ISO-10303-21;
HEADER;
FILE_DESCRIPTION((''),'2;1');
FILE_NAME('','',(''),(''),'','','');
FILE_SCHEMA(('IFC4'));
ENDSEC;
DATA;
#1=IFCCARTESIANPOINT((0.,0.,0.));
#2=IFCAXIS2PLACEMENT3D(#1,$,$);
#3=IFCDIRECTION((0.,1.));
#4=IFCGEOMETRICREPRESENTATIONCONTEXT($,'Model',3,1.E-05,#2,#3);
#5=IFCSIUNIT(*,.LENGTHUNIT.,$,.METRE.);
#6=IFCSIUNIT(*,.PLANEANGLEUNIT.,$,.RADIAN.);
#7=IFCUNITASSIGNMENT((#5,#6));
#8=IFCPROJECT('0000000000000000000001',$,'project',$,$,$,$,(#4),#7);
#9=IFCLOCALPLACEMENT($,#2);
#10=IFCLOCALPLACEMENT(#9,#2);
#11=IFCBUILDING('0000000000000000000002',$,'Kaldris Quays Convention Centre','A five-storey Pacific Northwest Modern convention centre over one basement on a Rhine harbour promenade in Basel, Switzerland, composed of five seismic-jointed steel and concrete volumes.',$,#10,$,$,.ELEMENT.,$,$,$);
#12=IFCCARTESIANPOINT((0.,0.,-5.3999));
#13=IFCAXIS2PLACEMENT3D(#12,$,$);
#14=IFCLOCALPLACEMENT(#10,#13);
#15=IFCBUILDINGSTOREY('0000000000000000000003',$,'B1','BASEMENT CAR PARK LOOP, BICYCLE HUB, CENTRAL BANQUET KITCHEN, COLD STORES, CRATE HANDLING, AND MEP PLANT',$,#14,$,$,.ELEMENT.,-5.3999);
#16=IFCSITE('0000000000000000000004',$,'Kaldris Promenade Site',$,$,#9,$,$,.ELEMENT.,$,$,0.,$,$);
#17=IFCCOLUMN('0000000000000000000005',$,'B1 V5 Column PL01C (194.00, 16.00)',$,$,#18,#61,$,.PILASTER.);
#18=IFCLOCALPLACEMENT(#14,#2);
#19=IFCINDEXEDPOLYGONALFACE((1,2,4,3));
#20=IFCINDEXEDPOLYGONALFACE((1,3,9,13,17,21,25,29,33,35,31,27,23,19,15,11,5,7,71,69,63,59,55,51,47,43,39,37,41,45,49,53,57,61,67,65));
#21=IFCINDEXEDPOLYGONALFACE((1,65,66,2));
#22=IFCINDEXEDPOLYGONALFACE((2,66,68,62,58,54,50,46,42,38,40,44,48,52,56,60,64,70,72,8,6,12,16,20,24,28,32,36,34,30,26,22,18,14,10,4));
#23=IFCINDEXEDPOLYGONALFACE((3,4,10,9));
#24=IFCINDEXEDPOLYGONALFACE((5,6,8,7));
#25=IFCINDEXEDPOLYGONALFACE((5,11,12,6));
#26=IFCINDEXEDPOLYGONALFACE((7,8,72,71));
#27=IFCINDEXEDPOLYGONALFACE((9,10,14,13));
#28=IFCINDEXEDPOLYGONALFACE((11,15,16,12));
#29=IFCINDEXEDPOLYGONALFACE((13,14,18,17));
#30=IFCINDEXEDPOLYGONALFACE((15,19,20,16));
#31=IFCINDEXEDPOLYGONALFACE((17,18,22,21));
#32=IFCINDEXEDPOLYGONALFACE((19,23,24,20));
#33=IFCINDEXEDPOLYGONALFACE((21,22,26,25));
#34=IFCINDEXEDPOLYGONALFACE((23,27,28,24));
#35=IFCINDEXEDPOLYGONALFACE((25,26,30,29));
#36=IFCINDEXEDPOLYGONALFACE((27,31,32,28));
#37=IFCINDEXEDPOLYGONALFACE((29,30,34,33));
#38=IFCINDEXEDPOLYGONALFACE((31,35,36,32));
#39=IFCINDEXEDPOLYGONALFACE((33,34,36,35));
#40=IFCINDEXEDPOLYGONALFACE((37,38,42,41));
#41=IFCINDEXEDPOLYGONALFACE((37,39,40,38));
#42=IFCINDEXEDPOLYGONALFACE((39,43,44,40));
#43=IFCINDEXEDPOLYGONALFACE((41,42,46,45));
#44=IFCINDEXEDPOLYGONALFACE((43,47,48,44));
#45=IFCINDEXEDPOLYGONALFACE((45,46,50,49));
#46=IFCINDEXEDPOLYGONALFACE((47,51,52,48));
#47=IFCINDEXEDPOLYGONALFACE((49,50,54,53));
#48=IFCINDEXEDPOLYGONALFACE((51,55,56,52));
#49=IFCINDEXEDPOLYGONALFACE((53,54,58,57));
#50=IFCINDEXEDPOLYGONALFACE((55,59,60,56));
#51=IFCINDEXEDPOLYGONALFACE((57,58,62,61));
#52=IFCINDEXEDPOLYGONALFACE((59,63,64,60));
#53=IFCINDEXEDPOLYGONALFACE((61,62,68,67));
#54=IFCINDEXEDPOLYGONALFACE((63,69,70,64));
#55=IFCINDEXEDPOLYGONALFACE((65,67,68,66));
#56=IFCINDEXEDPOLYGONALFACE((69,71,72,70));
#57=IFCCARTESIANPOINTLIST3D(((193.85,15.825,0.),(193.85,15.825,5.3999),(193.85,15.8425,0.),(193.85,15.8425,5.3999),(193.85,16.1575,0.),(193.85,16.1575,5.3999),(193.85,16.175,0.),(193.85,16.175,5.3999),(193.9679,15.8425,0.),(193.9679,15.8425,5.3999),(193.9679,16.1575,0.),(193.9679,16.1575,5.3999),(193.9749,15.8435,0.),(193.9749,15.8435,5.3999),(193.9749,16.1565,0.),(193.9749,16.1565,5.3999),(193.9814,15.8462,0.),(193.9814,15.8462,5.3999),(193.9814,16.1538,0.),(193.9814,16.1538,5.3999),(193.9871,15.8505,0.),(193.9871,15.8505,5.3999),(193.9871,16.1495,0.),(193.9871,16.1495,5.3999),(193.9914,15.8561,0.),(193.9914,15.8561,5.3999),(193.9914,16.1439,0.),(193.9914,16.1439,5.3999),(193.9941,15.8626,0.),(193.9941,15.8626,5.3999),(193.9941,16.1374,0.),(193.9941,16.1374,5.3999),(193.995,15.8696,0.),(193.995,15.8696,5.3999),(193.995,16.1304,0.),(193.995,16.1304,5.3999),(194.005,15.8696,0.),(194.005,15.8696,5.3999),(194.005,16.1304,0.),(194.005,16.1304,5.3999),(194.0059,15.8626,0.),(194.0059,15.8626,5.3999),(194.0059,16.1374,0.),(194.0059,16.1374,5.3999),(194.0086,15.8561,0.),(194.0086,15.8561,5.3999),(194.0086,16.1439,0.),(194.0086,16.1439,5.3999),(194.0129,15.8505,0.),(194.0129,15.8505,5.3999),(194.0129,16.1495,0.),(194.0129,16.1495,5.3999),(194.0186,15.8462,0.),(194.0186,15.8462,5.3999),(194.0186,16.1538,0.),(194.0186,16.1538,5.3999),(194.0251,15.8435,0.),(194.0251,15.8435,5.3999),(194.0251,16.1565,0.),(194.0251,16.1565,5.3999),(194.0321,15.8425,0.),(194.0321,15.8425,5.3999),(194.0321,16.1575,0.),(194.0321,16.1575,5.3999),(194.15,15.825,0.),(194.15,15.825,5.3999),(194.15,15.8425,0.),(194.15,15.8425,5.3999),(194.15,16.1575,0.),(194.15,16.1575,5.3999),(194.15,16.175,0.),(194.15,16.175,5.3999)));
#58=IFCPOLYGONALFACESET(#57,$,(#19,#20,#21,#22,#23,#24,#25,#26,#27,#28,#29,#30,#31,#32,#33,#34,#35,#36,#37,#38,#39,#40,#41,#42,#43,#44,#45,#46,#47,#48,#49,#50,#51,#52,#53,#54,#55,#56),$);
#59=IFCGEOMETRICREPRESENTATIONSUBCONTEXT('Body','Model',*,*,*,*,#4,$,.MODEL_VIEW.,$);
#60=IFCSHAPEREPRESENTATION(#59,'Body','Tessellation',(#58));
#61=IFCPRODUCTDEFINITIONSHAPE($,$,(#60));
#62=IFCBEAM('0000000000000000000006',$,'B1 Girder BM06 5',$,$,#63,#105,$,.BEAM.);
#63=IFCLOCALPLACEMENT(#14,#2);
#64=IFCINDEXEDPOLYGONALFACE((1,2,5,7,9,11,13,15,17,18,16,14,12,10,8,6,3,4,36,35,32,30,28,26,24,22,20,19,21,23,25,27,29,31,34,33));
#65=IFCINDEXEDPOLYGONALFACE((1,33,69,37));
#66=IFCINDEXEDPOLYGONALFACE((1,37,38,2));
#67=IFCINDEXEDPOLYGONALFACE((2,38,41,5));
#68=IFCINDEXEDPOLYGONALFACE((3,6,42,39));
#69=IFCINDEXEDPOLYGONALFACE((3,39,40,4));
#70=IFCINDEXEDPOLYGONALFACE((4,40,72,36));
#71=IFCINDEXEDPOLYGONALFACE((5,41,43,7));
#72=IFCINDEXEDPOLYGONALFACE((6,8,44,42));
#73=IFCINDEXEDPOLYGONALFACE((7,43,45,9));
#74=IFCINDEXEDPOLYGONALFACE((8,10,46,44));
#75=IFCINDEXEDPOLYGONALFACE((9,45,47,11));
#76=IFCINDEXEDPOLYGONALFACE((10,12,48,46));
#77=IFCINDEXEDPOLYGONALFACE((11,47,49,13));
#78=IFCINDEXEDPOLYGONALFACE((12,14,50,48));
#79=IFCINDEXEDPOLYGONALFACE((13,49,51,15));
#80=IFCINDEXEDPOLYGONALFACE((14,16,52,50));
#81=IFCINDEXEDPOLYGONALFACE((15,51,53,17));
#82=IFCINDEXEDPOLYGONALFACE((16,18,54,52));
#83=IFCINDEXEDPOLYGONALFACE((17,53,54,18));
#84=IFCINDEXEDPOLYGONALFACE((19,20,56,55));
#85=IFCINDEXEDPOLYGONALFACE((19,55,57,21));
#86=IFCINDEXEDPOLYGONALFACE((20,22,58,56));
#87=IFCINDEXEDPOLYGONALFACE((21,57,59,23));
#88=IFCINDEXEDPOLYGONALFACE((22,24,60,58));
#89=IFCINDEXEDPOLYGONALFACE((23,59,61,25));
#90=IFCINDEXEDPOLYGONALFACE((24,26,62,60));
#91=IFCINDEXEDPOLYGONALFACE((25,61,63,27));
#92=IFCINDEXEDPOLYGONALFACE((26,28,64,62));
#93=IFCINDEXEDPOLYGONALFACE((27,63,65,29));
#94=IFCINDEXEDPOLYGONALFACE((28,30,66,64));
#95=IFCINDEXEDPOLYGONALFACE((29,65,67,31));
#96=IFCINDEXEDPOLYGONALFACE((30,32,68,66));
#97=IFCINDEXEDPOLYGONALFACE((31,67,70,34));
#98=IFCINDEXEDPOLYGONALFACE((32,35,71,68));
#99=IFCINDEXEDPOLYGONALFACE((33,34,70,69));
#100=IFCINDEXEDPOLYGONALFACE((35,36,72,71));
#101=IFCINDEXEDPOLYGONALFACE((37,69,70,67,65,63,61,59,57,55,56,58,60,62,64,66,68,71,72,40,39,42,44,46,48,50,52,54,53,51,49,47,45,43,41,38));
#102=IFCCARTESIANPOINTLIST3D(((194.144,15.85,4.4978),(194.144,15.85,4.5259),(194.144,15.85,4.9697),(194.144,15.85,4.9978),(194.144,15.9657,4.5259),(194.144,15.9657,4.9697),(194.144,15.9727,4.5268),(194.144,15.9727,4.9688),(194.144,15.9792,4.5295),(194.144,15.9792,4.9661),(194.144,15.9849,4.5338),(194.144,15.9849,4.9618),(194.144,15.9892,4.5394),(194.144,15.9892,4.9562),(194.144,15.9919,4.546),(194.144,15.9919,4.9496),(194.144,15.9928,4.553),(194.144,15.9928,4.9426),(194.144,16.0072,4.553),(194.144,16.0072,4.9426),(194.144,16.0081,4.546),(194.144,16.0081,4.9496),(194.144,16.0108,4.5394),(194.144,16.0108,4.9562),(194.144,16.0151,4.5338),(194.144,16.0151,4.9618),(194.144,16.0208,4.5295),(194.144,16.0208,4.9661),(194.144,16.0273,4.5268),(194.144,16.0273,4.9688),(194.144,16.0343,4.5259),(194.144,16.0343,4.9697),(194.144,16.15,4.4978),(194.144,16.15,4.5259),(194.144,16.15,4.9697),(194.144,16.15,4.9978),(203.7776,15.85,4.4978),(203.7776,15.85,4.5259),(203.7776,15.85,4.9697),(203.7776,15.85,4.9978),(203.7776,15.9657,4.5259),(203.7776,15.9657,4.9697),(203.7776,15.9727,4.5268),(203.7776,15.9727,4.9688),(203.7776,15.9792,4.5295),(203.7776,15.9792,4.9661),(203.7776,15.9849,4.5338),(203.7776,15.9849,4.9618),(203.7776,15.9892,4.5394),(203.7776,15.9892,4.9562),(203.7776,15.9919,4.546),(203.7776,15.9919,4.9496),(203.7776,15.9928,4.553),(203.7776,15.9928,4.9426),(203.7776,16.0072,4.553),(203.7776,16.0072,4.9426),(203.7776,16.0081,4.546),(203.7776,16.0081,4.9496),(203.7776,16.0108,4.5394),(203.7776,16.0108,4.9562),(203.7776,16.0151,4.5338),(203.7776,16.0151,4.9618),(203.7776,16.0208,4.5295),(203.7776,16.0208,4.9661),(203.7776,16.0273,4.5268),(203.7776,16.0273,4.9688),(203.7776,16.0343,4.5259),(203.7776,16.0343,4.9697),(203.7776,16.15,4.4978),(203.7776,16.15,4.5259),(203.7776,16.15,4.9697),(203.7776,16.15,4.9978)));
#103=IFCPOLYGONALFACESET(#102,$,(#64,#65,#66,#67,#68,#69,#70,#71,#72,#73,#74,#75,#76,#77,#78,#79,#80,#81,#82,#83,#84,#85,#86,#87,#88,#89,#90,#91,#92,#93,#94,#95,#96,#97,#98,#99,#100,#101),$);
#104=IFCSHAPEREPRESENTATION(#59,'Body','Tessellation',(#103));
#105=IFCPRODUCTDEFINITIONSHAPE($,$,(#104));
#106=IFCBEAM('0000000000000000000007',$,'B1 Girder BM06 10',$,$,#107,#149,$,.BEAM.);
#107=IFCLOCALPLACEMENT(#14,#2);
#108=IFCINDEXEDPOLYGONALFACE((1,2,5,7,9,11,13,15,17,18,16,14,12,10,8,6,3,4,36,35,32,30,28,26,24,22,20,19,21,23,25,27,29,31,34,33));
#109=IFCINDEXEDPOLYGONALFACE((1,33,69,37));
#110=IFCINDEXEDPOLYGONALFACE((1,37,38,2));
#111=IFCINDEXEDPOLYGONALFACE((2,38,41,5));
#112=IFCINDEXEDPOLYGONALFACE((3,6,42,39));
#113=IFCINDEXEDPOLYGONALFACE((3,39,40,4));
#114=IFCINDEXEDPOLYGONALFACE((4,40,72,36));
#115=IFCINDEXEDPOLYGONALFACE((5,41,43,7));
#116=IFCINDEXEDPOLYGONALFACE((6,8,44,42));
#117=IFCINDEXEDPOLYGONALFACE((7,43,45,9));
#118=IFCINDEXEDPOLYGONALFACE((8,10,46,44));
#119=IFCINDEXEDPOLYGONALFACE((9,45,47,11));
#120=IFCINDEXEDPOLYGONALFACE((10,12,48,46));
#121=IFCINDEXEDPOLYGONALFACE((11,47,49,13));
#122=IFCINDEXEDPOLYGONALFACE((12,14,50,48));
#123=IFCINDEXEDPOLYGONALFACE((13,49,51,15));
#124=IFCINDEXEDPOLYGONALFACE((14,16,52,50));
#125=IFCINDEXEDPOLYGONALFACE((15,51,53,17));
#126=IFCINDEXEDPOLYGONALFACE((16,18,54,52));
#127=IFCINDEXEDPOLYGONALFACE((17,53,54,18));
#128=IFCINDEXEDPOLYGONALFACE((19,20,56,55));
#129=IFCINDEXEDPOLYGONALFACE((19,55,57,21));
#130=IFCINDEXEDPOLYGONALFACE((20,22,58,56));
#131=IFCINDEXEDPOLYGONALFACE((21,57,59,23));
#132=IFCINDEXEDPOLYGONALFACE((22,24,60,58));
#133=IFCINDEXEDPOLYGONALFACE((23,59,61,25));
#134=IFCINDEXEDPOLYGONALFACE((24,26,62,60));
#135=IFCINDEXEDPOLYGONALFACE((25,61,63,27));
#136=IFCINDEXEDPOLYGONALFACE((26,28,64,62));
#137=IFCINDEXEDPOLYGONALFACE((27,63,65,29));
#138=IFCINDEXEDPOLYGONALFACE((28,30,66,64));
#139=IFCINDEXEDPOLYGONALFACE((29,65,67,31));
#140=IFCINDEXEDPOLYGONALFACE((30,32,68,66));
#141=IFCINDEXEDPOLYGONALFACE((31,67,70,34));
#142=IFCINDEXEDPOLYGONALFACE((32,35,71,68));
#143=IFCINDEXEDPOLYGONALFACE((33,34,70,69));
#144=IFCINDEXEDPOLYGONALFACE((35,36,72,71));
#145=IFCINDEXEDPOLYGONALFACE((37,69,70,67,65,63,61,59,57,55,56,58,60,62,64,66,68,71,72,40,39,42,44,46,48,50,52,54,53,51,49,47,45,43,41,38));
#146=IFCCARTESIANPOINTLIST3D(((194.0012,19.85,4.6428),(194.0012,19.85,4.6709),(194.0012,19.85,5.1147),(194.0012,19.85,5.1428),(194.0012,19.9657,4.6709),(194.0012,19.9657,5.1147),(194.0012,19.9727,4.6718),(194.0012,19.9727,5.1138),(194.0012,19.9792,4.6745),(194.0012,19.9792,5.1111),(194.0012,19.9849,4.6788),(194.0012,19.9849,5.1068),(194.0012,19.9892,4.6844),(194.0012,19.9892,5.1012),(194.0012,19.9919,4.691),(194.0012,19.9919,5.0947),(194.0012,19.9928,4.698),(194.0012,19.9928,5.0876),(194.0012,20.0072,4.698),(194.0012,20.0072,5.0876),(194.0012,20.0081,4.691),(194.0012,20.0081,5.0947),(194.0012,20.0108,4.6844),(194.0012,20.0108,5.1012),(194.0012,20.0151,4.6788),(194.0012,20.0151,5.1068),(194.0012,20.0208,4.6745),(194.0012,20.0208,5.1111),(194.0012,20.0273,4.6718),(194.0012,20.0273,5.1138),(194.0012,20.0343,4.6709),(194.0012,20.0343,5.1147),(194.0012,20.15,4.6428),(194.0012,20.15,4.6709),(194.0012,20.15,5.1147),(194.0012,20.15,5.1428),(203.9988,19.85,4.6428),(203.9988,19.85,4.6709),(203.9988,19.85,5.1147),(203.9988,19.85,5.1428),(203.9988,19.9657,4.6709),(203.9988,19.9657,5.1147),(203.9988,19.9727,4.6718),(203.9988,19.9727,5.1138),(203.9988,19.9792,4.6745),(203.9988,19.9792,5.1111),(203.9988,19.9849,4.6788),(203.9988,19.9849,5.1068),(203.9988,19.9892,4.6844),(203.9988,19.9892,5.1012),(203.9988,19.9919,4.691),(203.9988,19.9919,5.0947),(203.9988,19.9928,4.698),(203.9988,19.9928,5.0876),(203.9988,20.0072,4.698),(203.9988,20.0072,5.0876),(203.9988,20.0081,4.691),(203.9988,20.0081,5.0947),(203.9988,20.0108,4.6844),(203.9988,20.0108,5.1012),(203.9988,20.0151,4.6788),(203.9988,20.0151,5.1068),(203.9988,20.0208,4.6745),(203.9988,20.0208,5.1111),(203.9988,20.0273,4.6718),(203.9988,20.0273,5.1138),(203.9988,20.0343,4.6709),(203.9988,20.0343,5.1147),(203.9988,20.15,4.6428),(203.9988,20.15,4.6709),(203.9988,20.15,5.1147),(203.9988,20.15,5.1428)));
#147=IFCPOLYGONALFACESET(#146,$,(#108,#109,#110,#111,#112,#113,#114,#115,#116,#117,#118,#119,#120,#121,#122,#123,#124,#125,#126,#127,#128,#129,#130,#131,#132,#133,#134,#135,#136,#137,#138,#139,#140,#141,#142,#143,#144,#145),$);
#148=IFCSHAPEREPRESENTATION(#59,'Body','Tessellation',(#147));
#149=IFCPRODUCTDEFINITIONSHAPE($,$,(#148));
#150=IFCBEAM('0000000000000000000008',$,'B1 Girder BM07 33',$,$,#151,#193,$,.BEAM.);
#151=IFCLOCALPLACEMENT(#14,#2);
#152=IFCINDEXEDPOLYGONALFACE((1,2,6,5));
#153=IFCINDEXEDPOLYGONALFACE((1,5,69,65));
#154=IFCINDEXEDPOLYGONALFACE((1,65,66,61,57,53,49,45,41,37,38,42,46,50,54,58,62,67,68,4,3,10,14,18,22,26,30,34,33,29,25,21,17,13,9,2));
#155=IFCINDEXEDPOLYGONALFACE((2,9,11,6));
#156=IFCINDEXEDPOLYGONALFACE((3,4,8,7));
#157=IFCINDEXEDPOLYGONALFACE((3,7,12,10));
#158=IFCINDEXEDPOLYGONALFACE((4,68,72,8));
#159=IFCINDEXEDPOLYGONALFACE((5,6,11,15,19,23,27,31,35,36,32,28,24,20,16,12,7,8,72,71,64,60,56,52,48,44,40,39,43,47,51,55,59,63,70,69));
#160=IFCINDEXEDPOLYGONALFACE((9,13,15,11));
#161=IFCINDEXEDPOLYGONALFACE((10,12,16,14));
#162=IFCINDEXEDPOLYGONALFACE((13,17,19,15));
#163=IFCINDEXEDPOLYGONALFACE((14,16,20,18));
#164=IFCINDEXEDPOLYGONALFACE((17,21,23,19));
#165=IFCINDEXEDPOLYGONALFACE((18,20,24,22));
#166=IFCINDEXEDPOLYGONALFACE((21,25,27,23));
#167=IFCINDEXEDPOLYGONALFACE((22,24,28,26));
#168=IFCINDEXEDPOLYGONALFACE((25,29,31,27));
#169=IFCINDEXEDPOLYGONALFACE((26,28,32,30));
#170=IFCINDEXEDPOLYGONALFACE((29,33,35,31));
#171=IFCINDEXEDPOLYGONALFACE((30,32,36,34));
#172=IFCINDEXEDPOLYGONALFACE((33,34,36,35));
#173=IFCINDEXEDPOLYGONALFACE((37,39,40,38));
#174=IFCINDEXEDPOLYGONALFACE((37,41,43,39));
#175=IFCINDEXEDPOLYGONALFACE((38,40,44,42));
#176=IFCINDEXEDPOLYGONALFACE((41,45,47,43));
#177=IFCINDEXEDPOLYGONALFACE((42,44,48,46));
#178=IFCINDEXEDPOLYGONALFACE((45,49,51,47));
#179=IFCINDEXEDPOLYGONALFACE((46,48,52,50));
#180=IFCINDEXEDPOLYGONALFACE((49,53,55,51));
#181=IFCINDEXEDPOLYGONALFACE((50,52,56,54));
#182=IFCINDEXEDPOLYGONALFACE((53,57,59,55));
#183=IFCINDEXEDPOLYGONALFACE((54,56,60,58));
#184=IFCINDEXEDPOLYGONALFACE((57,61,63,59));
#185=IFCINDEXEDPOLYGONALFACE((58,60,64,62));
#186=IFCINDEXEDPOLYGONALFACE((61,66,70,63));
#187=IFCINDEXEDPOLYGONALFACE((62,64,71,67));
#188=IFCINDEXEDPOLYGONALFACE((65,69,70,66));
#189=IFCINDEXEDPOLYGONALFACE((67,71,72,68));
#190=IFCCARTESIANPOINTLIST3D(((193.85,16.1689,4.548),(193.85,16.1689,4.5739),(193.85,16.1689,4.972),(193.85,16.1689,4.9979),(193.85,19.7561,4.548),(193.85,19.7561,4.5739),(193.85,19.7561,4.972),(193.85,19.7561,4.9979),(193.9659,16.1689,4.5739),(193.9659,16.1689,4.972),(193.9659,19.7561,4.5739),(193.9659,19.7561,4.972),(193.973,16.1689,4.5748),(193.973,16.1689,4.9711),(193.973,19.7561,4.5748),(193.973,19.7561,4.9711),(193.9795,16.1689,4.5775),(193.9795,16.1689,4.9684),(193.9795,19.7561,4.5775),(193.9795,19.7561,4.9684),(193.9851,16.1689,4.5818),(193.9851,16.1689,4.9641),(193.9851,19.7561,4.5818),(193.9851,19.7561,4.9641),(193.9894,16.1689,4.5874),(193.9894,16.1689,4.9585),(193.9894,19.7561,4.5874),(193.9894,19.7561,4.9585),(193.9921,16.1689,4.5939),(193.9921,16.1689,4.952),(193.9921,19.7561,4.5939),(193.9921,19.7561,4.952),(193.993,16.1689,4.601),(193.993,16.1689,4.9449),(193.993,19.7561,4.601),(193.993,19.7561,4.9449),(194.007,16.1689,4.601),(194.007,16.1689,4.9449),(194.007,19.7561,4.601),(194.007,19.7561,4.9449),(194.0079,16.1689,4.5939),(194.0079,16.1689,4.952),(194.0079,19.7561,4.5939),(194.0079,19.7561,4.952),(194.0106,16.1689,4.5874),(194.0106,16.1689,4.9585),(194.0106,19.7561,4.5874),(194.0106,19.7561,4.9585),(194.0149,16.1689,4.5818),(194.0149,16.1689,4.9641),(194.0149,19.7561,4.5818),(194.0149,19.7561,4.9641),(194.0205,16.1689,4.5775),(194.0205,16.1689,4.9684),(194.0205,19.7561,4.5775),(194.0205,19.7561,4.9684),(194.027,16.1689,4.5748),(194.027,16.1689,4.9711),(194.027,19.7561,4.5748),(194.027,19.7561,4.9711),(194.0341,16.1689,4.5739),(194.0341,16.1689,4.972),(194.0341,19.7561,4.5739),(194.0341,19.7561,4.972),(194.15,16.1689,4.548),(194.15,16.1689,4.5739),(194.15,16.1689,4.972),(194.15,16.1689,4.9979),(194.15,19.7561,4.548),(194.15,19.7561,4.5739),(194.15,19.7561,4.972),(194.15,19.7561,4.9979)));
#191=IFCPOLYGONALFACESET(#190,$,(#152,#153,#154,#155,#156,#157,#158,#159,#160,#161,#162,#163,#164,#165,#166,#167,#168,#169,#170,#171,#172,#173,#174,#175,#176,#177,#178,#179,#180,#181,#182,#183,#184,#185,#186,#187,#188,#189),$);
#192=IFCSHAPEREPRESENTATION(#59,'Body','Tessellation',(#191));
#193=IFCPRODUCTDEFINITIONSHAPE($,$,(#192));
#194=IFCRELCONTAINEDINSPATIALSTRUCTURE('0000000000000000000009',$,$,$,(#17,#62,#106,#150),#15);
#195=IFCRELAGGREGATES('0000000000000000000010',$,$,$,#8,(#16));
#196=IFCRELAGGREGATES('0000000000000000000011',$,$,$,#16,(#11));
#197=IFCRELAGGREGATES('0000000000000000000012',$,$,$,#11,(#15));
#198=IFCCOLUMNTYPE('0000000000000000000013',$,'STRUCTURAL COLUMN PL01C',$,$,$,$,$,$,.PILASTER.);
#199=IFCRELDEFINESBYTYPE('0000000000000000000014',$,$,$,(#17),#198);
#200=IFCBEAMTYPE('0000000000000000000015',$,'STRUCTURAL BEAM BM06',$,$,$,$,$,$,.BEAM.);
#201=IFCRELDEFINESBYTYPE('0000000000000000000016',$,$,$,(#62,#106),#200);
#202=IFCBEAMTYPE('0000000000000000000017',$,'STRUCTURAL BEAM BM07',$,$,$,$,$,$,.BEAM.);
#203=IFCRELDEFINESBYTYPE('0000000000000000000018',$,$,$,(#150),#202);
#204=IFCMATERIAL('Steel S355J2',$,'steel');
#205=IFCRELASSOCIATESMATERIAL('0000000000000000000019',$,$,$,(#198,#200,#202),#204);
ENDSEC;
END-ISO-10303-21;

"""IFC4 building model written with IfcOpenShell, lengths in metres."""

from ifc_helpers import new_model, si_unit, direction, frame, origin, origin_2d, place, context, subcontext, project, spatial, i_section, extrude, material, material_profile, profile_set, type_object, element, save


model = new_model("IFC4")

# Units and contexts
model_context = context("Model", 3, precision=1e-05, world=origin(), true_north=direction((0.0, 1.0)))
body_context = subcontext(model_context, "Body", "Model", "MODEL_VIEW")
ifc_project = project(units=[si_unit("LENGTHUNIT", "METRE"), si_unit("PLANEANGLEUNIT", "RADIAN")], contexts=[model_context])

# Site, building, storey
site_placement = place(None, origin())
site = spatial("IfcSite", under=ifc_project, at=site_placement, Name="Kaldris Promenade Site", CompositionType="ELEMENT", RefElevation=0.0)
building_placement = place(site_placement, origin())
building = spatial("IfcBuilding", under=site, at=building_placement, Name="Kaldris Quays Convention Centre", Description="A five-storey Pacific Northwest Modern convention centre over one basement on a Rhine harbour promenade in Basel, Switzerland, composed of five seismic-jointed steel and concrete volumes.", CompositionType="ELEMENT")
storey_placement = place(building_placement, frame((0.0, 0.0, -5.3999)))
storey = spatial("IfcBuildingStorey", under=building, at=storey_placement, Name="B1", Description="BASEMENT CAR PARK LOOP, BICYCLE HUB, CENTRAL BANQUET KITCHEN, COLD STORES, CRATE HANDLING, AND MEP PLANT", CompositionType="ELEMENT", Elevation=-5.3999)

# Column
ifc_material_1 = material(Name="Steel S355J2", Category="steel")
ifc_material_profile_1 = material_profile(ifc_material_1, i_section(OverallWidth=0.3, OverallDepth=0.3501, WebThickness=0.01, FlangeThickness=0.0176, FilletRadius=0.0271, at=origin_2d()), Name="HEA 360")
ifc_profile_set_1 = profile_set([ifc_material_profile_1], Name="Steel S355J2")
column_type_1 = type_object("IfcColumnType", Name="STRUCTURAL COLUMN PL01C", PredefinedType="PILASTER", material=ifc_profile_set_1)
column_1_placement = place(storey_placement, frame((194.0, 16.0, 0.0), z_axis=(0.0, 0.0, 1.0), x_axis=(1.0, 0.0, 0.0)))
element("IfcColumn", 1, at=column_1_placement, inside=storey, type_object=column_type_1, Name="B1 V5 Column PL01C (194.00, 16.00)", PredefinedType="PILASTER", context=body_context, shape_type="SweptSolid", body=[
    extrude(i_section(OverallWidth=0.3, OverallDepth=0.3501, WebThickness=0.01, FlangeThickness=0.0176, FilletRadius=0.0271, at=origin_2d()), origin(), (0.0, 0.0, 1.0), 5.3999),
])

# Beams
ifc_material_profile_2 = material_profile(ifc_material_1, i_section(OverallWidth=0.3, OverallDepth=0.5, WebThickness=0.0144, FlangeThickness=0.0281, FilletRadius=0.0271, at=origin_2d()), Name="HEB 500")
ifc_profile_set_2 = profile_set([ifc_material_profile_2], Name="Steel S355J2")
beam_type_1 = type_object("IfcBeamType", Name="STRUCTURAL BEAM BM06", PredefinedType="BEAM", material=ifc_profile_set_2)
beam_1_placement = place(storey_placement, frame((194.144, 16.0, 4.7478), z_axis=(1.0, 0.0, 0.0), x_axis=(0.0, 1.0, 0.0)))
element("IfcBeam", 2, at=beam_1_placement, inside=storey, type_object=beam_type_1, Name="B1 Girder BM06 5", PredefinedType="BEAM", context=body_context, shape_type="SweptSolid", body=[
    extrude(i_section(OverallWidth=0.3, OverallDepth=0.5, WebThickness=0.0144, FlangeThickness=0.0281, FilletRadius=0.0271, at=origin_2d()), origin(), (0.0, 0.0, 1.0), 9.6335),
])
beam_2_placement = place(storey_placement, frame((194.0012, 20.0, 4.8928), z_axis=(1.0, 0.0, 0.0), x_axis=(0.0, 1.0, 0.0)))
element("IfcBeam", 3, at=beam_2_placement, inside=storey, type_object=beam_type_1, Name="B1 Girder BM06 10", PredefinedType="BEAM", context=body_context, shape_type="SweptSolid", body=[
    extrude(i_section(OverallWidth=0.3, OverallDepth=0.5, WebThickness=0.0144, FlangeThickness=0.0281, FilletRadius=0.0271, at=origin_2d()), origin(), (0.0, 0.0, 1.0), 9.9976),
])
ifc_material_profile_3 = material_profile(ifc_material_1, i_section(OverallWidth=0.3, OverallDepth=0.45, WebThickness=0.0139, FlangeThickness=0.0259, FilletRadius=0.0271, at=origin_2d()), Name="HEB 450")
ifc_profile_set_3 = profile_set([ifc_material_profile_3], Name="Steel S355J2")
beam_type_2 = type_object("IfcBeamType", Name="STRUCTURAL BEAM BM07", PredefinedType="BEAM", material=ifc_profile_set_3)
beam_3_placement = place(storey_placement, frame((194.0, 16.1689, 4.7729), z_axis=(0.0, 1.0, 0.0), x_axis=(-1.0, 0.0, 0.0)))
element("IfcBeam", 4, at=beam_3_placement, inside=storey, type_object=beam_type_2, Name="B1 Girder BM07 33", PredefinedType="BEAM", context=body_context, shape_type="SweptSolid", body=[
    extrude(i_section(OverallWidth=0.3, OverallDepth=0.45, WebThickness=0.0139, FlangeThickness=0.0259, FilletRadius=0.0271, at=origin_2d()), origin(), (0.0, 0.0, 1.0), 3.5872),
])

save(model, "model.ifc")
